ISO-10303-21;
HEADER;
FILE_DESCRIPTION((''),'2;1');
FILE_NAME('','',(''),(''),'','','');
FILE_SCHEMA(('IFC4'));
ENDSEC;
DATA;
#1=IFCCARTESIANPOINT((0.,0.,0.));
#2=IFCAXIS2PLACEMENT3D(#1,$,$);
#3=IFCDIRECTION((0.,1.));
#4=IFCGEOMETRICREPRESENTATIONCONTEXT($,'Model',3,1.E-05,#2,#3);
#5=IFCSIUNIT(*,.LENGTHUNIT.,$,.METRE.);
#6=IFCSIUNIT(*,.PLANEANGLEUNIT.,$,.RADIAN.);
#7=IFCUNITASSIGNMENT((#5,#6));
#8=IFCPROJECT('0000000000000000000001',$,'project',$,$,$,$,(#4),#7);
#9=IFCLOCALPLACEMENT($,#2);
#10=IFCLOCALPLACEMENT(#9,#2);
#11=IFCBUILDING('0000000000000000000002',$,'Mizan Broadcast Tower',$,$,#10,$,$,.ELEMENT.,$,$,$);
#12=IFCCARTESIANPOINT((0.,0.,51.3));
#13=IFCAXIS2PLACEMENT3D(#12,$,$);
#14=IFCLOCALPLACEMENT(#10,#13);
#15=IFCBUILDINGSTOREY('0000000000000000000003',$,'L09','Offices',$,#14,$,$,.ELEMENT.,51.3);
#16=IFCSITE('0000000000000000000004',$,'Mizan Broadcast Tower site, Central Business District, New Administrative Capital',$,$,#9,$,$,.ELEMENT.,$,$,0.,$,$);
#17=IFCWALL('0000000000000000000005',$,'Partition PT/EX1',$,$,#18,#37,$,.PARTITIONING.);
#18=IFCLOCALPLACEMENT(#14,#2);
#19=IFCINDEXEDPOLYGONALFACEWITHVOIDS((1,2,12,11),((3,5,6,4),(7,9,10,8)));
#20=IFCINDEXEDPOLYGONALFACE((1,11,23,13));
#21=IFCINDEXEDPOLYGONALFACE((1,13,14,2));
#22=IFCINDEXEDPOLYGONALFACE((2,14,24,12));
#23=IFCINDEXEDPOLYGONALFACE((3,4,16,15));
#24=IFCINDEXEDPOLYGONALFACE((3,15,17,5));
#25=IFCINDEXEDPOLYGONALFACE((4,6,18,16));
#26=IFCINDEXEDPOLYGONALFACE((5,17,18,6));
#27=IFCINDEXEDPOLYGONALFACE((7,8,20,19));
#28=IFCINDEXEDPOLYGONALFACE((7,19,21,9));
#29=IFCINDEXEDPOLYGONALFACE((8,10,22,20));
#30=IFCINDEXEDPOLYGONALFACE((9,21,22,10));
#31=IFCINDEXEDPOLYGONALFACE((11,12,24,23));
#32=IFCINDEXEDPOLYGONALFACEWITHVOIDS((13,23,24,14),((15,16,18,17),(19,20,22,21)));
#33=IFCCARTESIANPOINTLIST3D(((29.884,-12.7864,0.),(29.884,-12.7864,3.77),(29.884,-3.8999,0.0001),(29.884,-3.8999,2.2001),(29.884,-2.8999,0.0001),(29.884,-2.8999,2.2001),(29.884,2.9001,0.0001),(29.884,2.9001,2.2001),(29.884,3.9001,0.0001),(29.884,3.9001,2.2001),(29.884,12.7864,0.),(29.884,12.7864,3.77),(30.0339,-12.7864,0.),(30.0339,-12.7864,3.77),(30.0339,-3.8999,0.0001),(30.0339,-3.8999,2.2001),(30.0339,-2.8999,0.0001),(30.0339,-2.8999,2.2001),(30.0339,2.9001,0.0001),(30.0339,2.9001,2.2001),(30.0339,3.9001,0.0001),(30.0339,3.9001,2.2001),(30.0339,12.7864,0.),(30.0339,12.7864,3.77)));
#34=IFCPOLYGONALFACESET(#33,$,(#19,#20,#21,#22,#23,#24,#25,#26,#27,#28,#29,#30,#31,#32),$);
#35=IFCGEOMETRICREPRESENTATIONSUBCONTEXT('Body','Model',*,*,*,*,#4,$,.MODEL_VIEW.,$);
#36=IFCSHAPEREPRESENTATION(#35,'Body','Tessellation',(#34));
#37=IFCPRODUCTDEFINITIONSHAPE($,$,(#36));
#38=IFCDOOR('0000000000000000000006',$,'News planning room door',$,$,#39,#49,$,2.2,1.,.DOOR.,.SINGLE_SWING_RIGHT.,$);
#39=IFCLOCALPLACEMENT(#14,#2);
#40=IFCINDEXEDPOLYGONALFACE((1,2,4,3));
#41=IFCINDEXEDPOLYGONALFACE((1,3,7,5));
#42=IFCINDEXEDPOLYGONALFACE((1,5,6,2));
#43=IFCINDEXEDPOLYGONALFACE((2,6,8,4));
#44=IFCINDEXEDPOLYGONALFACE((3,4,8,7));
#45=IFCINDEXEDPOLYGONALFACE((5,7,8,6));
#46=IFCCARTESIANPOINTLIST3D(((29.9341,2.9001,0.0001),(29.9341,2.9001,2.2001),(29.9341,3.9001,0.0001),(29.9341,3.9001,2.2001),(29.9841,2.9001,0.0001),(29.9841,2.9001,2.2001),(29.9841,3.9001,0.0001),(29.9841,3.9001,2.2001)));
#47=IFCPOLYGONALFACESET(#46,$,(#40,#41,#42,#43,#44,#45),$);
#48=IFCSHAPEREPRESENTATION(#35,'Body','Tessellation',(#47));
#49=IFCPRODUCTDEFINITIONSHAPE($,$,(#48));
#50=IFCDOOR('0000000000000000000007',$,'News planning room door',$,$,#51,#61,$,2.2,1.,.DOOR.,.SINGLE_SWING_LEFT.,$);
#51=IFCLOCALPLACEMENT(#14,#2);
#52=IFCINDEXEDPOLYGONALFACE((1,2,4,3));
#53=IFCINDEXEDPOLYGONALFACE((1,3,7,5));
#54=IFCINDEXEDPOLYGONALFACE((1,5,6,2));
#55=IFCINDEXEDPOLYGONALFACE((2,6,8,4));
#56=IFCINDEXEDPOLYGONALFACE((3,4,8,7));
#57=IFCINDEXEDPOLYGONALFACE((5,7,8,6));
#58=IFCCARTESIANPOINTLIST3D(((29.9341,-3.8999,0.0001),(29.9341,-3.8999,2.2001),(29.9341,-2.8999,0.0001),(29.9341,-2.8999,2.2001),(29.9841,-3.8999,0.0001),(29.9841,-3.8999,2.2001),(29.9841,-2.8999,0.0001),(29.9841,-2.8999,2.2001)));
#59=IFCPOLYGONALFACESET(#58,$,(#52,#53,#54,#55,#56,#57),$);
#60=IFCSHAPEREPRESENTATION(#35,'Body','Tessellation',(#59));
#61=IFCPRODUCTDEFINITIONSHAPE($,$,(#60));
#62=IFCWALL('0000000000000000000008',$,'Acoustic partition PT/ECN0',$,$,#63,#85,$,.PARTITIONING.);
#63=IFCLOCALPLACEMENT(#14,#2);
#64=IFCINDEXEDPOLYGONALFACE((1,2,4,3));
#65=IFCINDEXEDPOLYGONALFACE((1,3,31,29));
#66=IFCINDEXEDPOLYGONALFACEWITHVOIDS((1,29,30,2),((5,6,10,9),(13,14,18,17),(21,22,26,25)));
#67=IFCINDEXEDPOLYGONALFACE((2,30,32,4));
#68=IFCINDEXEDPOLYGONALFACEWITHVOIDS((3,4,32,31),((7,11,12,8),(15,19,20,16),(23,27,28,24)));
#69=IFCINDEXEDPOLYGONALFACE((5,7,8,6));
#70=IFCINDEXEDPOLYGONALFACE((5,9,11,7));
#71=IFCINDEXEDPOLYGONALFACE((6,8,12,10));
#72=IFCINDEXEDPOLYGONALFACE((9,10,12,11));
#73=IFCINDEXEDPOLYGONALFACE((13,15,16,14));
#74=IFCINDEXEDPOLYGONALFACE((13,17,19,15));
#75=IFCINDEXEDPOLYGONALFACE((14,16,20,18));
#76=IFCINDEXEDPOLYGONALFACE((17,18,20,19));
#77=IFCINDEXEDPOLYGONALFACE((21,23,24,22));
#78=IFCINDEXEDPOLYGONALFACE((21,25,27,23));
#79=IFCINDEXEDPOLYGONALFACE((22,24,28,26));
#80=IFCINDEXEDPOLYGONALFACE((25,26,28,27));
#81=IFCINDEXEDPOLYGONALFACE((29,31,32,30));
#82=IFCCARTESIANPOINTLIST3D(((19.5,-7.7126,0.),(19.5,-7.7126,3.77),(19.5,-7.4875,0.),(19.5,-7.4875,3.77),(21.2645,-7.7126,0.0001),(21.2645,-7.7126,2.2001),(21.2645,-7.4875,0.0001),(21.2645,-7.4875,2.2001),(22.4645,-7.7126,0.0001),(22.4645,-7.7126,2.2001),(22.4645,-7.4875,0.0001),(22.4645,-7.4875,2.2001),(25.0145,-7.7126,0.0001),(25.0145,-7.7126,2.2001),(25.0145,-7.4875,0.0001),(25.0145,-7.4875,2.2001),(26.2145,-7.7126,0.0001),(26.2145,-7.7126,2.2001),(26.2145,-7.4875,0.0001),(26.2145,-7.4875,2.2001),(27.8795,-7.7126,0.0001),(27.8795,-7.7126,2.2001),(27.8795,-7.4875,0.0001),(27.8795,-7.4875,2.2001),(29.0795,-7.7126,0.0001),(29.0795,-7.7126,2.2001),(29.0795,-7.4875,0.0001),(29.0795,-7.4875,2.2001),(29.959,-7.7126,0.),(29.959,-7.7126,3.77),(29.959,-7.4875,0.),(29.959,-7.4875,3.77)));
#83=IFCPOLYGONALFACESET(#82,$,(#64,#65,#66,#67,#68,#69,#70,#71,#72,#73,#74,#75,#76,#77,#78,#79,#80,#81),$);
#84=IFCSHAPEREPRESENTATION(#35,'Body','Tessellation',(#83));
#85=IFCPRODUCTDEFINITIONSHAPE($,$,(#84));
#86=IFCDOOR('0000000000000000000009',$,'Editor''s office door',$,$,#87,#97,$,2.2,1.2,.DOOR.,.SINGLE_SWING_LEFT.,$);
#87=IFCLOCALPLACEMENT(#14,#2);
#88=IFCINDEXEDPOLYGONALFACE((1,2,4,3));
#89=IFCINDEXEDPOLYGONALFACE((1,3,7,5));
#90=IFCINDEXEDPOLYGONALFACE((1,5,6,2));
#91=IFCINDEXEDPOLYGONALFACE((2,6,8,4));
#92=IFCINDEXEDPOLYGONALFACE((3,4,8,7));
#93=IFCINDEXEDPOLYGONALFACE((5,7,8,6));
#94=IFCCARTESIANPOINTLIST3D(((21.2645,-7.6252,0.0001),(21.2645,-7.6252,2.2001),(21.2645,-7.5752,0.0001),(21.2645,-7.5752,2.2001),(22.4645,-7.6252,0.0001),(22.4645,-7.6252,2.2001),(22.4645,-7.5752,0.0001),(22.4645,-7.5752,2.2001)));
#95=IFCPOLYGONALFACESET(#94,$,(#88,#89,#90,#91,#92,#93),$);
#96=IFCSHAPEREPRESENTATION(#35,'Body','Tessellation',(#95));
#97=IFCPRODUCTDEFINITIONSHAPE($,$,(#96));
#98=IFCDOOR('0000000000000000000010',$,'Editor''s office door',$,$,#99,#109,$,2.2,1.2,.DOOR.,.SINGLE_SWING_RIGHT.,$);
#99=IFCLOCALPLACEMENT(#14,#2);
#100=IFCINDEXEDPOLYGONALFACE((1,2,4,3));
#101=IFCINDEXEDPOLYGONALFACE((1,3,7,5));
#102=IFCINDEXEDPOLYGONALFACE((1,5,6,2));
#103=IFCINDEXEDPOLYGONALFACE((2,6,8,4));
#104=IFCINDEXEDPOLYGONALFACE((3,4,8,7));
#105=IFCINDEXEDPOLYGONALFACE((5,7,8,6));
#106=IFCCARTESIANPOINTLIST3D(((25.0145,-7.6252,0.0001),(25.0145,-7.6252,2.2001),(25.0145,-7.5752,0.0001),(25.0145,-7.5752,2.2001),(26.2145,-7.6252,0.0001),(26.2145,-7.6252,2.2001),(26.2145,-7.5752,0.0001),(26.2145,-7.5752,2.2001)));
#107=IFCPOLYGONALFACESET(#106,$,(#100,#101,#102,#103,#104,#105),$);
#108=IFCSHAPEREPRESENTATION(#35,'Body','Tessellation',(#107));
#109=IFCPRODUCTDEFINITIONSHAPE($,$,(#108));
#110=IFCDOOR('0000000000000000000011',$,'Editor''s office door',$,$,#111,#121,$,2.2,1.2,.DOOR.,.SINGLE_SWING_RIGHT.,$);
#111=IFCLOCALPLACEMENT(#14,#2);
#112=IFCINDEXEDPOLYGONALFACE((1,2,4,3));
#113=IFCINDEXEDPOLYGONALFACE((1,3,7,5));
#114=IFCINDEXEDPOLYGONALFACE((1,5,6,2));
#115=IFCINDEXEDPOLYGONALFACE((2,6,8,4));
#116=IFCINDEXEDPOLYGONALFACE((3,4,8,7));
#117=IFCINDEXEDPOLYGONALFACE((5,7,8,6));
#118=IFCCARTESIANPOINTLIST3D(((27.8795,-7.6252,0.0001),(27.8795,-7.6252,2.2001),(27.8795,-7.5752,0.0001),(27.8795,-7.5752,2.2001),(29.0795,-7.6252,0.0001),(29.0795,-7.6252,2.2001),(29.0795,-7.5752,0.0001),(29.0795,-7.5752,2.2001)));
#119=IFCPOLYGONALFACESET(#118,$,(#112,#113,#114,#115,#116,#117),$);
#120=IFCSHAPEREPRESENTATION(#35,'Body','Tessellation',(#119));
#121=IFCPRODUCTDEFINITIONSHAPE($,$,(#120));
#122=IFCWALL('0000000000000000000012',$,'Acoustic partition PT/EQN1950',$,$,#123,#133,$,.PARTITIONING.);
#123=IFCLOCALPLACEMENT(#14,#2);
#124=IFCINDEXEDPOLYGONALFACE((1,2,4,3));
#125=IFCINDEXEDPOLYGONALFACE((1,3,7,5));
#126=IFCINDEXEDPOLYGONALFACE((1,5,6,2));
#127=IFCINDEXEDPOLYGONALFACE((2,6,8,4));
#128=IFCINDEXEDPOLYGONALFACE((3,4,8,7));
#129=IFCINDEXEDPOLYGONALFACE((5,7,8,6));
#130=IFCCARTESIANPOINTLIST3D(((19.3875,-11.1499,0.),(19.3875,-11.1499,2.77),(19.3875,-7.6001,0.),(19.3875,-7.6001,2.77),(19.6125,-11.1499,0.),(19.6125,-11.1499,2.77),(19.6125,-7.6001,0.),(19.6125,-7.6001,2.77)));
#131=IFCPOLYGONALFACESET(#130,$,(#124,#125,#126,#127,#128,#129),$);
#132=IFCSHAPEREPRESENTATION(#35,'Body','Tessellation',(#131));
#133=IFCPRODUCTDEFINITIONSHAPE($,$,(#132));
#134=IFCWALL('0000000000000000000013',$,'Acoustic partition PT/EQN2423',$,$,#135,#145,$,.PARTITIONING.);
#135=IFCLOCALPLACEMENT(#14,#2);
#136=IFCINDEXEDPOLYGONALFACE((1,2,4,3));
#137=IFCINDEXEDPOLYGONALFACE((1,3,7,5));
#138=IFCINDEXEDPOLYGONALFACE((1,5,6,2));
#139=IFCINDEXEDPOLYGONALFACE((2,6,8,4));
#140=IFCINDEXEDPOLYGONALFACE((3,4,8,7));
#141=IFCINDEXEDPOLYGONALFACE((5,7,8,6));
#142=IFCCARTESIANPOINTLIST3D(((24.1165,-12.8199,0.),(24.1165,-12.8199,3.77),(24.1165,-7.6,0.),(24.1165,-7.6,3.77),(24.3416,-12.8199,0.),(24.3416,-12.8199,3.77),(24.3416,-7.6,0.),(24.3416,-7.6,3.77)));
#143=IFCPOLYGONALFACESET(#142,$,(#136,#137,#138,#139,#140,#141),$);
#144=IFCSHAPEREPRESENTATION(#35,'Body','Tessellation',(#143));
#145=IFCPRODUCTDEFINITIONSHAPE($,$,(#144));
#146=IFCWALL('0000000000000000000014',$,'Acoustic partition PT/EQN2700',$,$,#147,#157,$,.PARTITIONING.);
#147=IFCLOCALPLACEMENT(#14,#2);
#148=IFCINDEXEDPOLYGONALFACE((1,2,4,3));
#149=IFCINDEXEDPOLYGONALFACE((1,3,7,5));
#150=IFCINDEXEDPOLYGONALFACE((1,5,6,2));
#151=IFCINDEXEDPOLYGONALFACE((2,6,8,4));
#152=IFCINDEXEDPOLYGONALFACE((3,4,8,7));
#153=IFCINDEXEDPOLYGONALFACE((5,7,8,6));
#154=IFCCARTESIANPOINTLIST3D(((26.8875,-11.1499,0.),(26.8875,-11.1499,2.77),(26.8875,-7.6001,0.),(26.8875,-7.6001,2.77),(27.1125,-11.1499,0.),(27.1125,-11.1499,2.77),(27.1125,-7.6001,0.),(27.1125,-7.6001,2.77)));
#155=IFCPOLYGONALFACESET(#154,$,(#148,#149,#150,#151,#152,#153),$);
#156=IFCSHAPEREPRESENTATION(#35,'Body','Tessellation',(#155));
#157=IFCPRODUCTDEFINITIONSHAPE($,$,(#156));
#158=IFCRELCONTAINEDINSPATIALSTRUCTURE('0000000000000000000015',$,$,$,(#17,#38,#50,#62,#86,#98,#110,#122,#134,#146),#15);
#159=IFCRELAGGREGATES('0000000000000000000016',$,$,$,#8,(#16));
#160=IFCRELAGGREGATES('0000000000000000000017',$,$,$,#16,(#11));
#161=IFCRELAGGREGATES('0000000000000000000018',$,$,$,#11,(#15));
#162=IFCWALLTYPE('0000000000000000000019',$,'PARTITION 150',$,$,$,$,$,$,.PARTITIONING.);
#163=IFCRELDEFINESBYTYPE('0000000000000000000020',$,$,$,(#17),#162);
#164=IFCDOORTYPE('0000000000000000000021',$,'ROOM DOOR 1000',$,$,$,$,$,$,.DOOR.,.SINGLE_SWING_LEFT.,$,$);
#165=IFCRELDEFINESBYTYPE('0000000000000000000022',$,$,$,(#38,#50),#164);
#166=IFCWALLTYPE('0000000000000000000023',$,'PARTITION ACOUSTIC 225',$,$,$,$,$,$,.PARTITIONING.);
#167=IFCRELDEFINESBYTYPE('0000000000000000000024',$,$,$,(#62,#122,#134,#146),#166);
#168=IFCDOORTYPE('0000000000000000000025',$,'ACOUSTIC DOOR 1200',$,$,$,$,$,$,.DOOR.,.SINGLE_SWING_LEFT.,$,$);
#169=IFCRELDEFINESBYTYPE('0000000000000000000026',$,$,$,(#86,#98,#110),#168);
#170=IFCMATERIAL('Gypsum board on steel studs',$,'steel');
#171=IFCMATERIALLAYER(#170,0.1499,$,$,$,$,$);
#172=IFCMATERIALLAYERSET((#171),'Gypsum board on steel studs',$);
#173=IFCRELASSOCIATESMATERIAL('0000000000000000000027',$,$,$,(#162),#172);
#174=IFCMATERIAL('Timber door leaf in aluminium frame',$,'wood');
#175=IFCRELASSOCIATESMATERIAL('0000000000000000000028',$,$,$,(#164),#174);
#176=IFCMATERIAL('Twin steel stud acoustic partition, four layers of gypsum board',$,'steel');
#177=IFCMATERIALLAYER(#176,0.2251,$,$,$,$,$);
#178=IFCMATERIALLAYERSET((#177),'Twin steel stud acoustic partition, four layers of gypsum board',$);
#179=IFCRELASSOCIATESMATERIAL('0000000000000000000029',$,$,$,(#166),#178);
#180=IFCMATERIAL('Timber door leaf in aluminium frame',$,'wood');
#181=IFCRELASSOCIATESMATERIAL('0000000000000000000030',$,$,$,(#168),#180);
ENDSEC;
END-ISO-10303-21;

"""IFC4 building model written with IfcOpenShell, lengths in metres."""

from ifc_helpers import new_model, si_unit, direction, frame, frame_2d, origin, place, context, subcontext, project, spatial, rectangle, extrude, material, layer, layer_set, type_object, element, fill, save


model = new_model("IFC4")

# Units and contexts
model_context = context("Model", 3, precision=1e-05, world=origin(), true_north=direction((0.0, 1.0)))
body_context = subcontext(model_context, "Body", "Model", "MODEL_VIEW")
ifc_project = project(units=[si_unit("LENGTHUNIT", "METRE"), si_unit("PLANEANGLEUNIT", "RADIAN")], contexts=[model_context])

# Site, building, storey
site_placement = place(None, origin())
site = spatial("IfcSite", under=ifc_project, at=site_placement, Name="Mizan Broadcast Tower site, Central Business District, New Administrative Capital", CompositionType="ELEMENT", RefElevation=0.0)
building_placement = place(site_placement, origin())
building = spatial("IfcBuilding", under=site, at=building_placement, Name="Mizan Broadcast Tower", CompositionType="ELEMENT")
storey_placement = place(building_placement, frame((0.0, 0.0, 51.3)))
storey = spatial("IfcBuildingStorey", under=building, at=storey_placement, Name="L09", Description="Offices", CompositionType="ELEMENT", Elevation=51.3)

# Walls, openings, doors
ifc_material_1 = material(Name="Gypsum board on steel studs", Category="steel")
ifc_layer_1 = layer(ifc_material_1, 0.1499)
ifc_layer_set_1 = layer_set([ifc_layer_1], Name="Gypsum board on steel studs")
wall_type_1 = type_object("IfcWallType", Name="PARTITION 150", PredefinedType="PARTITIONING", material=ifc_layer_set_1)
wall_1_placement = place(storey_placement, frame((29.959, -12.7864, 0.0), z_axis=(0.0, 0.0, 1.0), x_axis=(0.0, 1.0, 0.0)))
wall_1 = element("IfcWall", 1, at=wall_1_placement, inside=storey, type_object=wall_type_1, Name="Partition PT/EX1", PredefinedType="PARTITIONING", context=body_context, shape_type="SweptSolid", body=[
    extrude(rectangle(XDim=25.5728, YDim=0.1499, at=frame_2d((12.7864, 0.0))), origin(), (0.0, 0.0, 1.0), 3.77),
])
opening_1_placement = place(wall_1_placement, frame((15.6865, 0.0, 0.0)))
opening_1 = element("IfcOpeningElement", 2, at=opening_1_placement, cuts=wall_1, PredefinedType="OPENING", context=body_context, shape_type="SweptSolid", body=[
    extrude(rectangle(XDim=1.0, YDim=2.2, at=frame_2d((0.5, 1.1001))), frame((0.0, 0.085, 0.0), z_axis=(0.0, -1.0, 0.0), x_axis=(1.0, 0.0, 0.0)), (0.0, 0.0, 1.0), 0.1699),
])
opening_2_placement = place(wall_1_placement, frame((8.8865, 0.0, 0.0)))
opening_2 = element("IfcOpeningElement", 3, at=opening_2_placement, cuts=wall_1, PredefinedType="OPENING", context=body_context, shape_type="SweptSolid", body=[
    extrude(rectangle(XDim=1.0, YDim=2.2, at=frame_2d((0.5, 1.1001))), frame((0.0, 0.085, 0.0), z_axis=(0.0, -1.0, 0.0), x_axis=(1.0, 0.0, 0.0)), (0.0, 0.0, 1.0), 0.1699),
])
ifc_material_2 = material(Name="Timber door leaf in aluminium frame", Category="wood")
door_type_1 = type_object("IfcDoorType", Name="ROOM DOOR 1000", OperationType="SINGLE_SWING_LEFT", PredefinedType="DOOR", material=ifc_material_2)
door_1_placement = place(opening_1_placement, origin())
door_1 = element("IfcDoor", 4, at=door_1_placement, inside=storey, type_object=door_type_1, Name="News planning room door", OperationType="SINGLE_SWING_RIGHT", OverallHeight=2.2, OverallWidth=1.0, PredefinedType="DOOR", context=body_context, shape_type="SweptSolid", body=[
    extrude(rectangle(XDim=1.0, YDim=2.2, at=frame_2d((0.5, 1.1001))), frame((0.0, 0.0249, 0.0), z_axis=(0.0, -1.0, 0.0), x_axis=(1.0, 0.0, 0.0)), (0.0, 0.0, 1.0), 0.05),
])
fill(opening_1, door_1)
door_2_placement = place(opening_2_placement, origin())
door_2 = element("IfcDoor", 5, at=door_2_placement, inside=storey, type_object=door_type_1, Name="News planning room door", OperationType="SINGLE_SWING_LEFT", OverallHeight=2.2, OverallWidth=1.0, PredefinedType="DOOR", context=body_context, shape_type="SweptSolid", body=[
    extrude(rectangle(XDim=1.0, YDim=2.2, at=frame_2d((0.5, 1.1001))), frame((0.0, 0.0249, 0.0), z_axis=(0.0, -1.0, 0.0), x_axis=(1.0, 0.0, 0.0)), (0.0, 0.0, 1.0), 0.05),
])
fill(opening_2, door_2)
ifc_material_3 = material(Name="Twin steel stud acoustic partition, four layers of gypsum board", Category="steel")
ifc_layer_2 = layer(ifc_material_3, 0.2251)
ifc_layer_set_2 = layer_set([ifc_layer_2], Name="Twin steel stud acoustic partition, four layers of gypsum board")
wall_type_2 = type_object("IfcWallType", Name="PARTITION ACOUSTIC 225", PredefinedType="PARTITIONING", material=ifc_layer_set_2)
wall_2_placement = place(storey_placement, frame((19.5, -7.6001, 0.0), z_axis=(0.0, 0.0, 1.0), x_axis=(1.0, 0.0, 0.0)))
wall_2 = element("IfcWall", 6, at=wall_2_placement, inside=storey, type_object=wall_type_2, Name="Acoustic partition PT/ECN0", PredefinedType="PARTITIONING", context=body_context, shape_type="SweptSolid", body=[
    extrude(rectangle(XDim=10.459, YDim=0.2251, at=frame_2d((5.2295, 0.0))), origin(), (0.0, 0.0, 1.0), 3.77),
])
opening_3_placement = place(wall_2_placement, frame((1.7644, 0.0, 0.0)))
opening_3 = element("IfcOpeningElement", 7, at=opening_3_placement, cuts=wall_2, PredefinedType="OPENING", context=body_context, shape_type="SweptSolid", body=[
    extrude(rectangle(XDim=1.2, YDim=2.2, at=frame_2d((0.6001, 1.1001))), frame((0.0, 0.1226, 0.0), z_axis=(0.0, -1.0, 0.0), x_axis=(1.0, 0.0, 0.0)), (0.0, 0.0, 1.0), 0.2451),
])
opening_4_placement = place(wall_2_placement, frame((5.5144, 0.0, 0.0)))
opening_4 = element("IfcOpeningElement", 8, at=opening_4_placement, cuts=wall_2, PredefinedType="OPENING", context=body_context, shape_type="SweptSolid", body=[
    extrude(rectangle(XDim=1.2, YDim=2.2, at=frame_2d((0.6001, 1.1001))), frame((0.0, 0.1226, 0.0), z_axis=(0.0, -1.0, 0.0), x_axis=(1.0, 0.0, 0.0)), (0.0, 0.0, 1.0), 0.2451),
])
opening_5_placement = place(wall_2_placement, frame((8.3794, 0.0, 0.0)))
opening_5 = element("IfcOpeningElement", 9, at=opening_5_placement, cuts=wall_2, PredefinedType="OPENING", context=body_context, shape_type="SweptSolid", body=[
    extrude(rectangle(XDim=1.2, YDim=2.2, at=frame_2d((0.6001, 1.1001))), frame((0.0, 0.1226, 0.0), z_axis=(0.0, -1.0, 0.0), x_axis=(1.0, 0.0, 0.0)), (0.0, 0.0, 1.0), 0.2451),
])
ifc_material_4 = material(Name="Timber door leaf in aluminium frame", Category="wood")
door_type_2 = type_object("IfcDoorType", Name="ACOUSTIC DOOR 1200", OperationType="SINGLE_SWING_LEFT", PredefinedType="DOOR", material=ifc_material_4)
door_3_placement = place(opening_3_placement, origin())
door_3 = element("IfcDoor", 10, at=door_3_placement, inside=storey, type_object=door_type_2, Name="Editor's office door", OperationType="SINGLE_SWING_LEFT", OverallHeight=2.2, OverallWidth=1.2, PredefinedType="DOOR", context=body_context, shape_type="SweptSolid", body=[
    extrude(rectangle(XDim=1.2, YDim=2.2, at=frame_2d((0.6001, 1.1001))), frame((0.0, 0.0249, 0.0), z_axis=(0.0, -1.0, 0.0), x_axis=(1.0, 0.0, 0.0)), (0.0, 0.0, 1.0), 0.05),
])
fill(opening_3, door_3)
door_4_placement = place(opening_4_placement, origin())
door_4 = element("IfcDoor", 11, at=door_4_placement, inside=storey, type_object=door_type_2, Name="Editor's office door", OperationType="SINGLE_SWING_RIGHT", OverallHeight=2.2, OverallWidth=1.2, PredefinedType="DOOR", context=body_context, shape_type="SweptSolid", body=[
    extrude(rectangle(XDim=1.2, YDim=2.2, at=frame_2d((0.6001, 1.1001))), frame((0.0, 0.0249, 0.0), z_axis=(0.0, -1.0, 0.0), x_axis=(1.0, 0.0, 0.0)), (0.0, 0.0, 1.0), 0.05),
])
fill(opening_4, door_4)
door_5_placement = place(opening_5_placement, origin())
door_5 = element("IfcDoor", 12, at=door_5_placement, inside=storey, type_object=door_type_2, Name="Editor's office door", OperationType="SINGLE_SWING_RIGHT", OverallHeight=2.2, OverallWidth=1.2, PredefinedType="DOOR", context=body_context, shape_type="SweptSolid", body=[
    extrude(rectangle(XDim=1.2, YDim=2.2, at=frame_2d((0.6001, 1.1001))), frame((0.0, 0.0249, 0.0), z_axis=(0.0, -1.0, 0.0), x_axis=(1.0, 0.0, 0.0)), (0.0, 0.0, 1.0), 0.05),
])
fill(opening_5, door_5)

# Walls
wall_3_placement = place(storey_placement, frame((19.5, -7.6001, 0.0), z_axis=(0.0, 0.0, 1.0), x_axis=(0.0, -1.0, 0.0)))
element("IfcWall", 13, at=wall_3_placement, inside=storey, type_object=wall_type_2, Name="Acoustic partition PT/EQN1950", PredefinedType="PARTITIONING", context=body_context, shape_type="SweptSolid", body=[
    extrude(rectangle(XDim=3.5498, YDim=0.2251, at=frame_2d((1.7749, 0.0))), origin(), (0.0, 0.0, 1.0), 2.77),
])
wall_4_placement = place(storey_placement, frame((24.229, -7.6001, 0.0), z_axis=(0.0, 0.0, 1.0), x_axis=(0.0, -1.0, 0.0)))
element("IfcWall", 14, at=wall_4_placement, inside=storey, type_object=wall_type_2, Name="Acoustic partition PT/EQN2423", PredefinedType="PARTITIONING", context=body_context, shape_type="SweptSolid", body=[
    extrude(rectangle(XDim=5.22, YDim=0.2251, at=frame_2d((2.6099, 0.0))), origin(), (0.0, 0.0, 1.0), 3.77),
])
wall_5_placement = place(storey_placement, frame((27.0, -7.6001, 0.0), z_axis=(0.0, 0.0, 1.0), x_axis=(0.0, -1.0, 0.0)))
element("IfcWall", 15, at=wall_5_placement, inside=storey, type_object=wall_type_2, Name="Acoustic partition PT/EQN2700", PredefinedType="PARTITIONING", context=body_context, shape_type="SweptSolid", body=[
    extrude(rectangle(XDim=3.5498, YDim=0.2251, at=frame_2d((1.7749, 0.0))), origin(), (0.0, 0.0, 1.0), 2.77),
])

save(model, "model.ifc")
